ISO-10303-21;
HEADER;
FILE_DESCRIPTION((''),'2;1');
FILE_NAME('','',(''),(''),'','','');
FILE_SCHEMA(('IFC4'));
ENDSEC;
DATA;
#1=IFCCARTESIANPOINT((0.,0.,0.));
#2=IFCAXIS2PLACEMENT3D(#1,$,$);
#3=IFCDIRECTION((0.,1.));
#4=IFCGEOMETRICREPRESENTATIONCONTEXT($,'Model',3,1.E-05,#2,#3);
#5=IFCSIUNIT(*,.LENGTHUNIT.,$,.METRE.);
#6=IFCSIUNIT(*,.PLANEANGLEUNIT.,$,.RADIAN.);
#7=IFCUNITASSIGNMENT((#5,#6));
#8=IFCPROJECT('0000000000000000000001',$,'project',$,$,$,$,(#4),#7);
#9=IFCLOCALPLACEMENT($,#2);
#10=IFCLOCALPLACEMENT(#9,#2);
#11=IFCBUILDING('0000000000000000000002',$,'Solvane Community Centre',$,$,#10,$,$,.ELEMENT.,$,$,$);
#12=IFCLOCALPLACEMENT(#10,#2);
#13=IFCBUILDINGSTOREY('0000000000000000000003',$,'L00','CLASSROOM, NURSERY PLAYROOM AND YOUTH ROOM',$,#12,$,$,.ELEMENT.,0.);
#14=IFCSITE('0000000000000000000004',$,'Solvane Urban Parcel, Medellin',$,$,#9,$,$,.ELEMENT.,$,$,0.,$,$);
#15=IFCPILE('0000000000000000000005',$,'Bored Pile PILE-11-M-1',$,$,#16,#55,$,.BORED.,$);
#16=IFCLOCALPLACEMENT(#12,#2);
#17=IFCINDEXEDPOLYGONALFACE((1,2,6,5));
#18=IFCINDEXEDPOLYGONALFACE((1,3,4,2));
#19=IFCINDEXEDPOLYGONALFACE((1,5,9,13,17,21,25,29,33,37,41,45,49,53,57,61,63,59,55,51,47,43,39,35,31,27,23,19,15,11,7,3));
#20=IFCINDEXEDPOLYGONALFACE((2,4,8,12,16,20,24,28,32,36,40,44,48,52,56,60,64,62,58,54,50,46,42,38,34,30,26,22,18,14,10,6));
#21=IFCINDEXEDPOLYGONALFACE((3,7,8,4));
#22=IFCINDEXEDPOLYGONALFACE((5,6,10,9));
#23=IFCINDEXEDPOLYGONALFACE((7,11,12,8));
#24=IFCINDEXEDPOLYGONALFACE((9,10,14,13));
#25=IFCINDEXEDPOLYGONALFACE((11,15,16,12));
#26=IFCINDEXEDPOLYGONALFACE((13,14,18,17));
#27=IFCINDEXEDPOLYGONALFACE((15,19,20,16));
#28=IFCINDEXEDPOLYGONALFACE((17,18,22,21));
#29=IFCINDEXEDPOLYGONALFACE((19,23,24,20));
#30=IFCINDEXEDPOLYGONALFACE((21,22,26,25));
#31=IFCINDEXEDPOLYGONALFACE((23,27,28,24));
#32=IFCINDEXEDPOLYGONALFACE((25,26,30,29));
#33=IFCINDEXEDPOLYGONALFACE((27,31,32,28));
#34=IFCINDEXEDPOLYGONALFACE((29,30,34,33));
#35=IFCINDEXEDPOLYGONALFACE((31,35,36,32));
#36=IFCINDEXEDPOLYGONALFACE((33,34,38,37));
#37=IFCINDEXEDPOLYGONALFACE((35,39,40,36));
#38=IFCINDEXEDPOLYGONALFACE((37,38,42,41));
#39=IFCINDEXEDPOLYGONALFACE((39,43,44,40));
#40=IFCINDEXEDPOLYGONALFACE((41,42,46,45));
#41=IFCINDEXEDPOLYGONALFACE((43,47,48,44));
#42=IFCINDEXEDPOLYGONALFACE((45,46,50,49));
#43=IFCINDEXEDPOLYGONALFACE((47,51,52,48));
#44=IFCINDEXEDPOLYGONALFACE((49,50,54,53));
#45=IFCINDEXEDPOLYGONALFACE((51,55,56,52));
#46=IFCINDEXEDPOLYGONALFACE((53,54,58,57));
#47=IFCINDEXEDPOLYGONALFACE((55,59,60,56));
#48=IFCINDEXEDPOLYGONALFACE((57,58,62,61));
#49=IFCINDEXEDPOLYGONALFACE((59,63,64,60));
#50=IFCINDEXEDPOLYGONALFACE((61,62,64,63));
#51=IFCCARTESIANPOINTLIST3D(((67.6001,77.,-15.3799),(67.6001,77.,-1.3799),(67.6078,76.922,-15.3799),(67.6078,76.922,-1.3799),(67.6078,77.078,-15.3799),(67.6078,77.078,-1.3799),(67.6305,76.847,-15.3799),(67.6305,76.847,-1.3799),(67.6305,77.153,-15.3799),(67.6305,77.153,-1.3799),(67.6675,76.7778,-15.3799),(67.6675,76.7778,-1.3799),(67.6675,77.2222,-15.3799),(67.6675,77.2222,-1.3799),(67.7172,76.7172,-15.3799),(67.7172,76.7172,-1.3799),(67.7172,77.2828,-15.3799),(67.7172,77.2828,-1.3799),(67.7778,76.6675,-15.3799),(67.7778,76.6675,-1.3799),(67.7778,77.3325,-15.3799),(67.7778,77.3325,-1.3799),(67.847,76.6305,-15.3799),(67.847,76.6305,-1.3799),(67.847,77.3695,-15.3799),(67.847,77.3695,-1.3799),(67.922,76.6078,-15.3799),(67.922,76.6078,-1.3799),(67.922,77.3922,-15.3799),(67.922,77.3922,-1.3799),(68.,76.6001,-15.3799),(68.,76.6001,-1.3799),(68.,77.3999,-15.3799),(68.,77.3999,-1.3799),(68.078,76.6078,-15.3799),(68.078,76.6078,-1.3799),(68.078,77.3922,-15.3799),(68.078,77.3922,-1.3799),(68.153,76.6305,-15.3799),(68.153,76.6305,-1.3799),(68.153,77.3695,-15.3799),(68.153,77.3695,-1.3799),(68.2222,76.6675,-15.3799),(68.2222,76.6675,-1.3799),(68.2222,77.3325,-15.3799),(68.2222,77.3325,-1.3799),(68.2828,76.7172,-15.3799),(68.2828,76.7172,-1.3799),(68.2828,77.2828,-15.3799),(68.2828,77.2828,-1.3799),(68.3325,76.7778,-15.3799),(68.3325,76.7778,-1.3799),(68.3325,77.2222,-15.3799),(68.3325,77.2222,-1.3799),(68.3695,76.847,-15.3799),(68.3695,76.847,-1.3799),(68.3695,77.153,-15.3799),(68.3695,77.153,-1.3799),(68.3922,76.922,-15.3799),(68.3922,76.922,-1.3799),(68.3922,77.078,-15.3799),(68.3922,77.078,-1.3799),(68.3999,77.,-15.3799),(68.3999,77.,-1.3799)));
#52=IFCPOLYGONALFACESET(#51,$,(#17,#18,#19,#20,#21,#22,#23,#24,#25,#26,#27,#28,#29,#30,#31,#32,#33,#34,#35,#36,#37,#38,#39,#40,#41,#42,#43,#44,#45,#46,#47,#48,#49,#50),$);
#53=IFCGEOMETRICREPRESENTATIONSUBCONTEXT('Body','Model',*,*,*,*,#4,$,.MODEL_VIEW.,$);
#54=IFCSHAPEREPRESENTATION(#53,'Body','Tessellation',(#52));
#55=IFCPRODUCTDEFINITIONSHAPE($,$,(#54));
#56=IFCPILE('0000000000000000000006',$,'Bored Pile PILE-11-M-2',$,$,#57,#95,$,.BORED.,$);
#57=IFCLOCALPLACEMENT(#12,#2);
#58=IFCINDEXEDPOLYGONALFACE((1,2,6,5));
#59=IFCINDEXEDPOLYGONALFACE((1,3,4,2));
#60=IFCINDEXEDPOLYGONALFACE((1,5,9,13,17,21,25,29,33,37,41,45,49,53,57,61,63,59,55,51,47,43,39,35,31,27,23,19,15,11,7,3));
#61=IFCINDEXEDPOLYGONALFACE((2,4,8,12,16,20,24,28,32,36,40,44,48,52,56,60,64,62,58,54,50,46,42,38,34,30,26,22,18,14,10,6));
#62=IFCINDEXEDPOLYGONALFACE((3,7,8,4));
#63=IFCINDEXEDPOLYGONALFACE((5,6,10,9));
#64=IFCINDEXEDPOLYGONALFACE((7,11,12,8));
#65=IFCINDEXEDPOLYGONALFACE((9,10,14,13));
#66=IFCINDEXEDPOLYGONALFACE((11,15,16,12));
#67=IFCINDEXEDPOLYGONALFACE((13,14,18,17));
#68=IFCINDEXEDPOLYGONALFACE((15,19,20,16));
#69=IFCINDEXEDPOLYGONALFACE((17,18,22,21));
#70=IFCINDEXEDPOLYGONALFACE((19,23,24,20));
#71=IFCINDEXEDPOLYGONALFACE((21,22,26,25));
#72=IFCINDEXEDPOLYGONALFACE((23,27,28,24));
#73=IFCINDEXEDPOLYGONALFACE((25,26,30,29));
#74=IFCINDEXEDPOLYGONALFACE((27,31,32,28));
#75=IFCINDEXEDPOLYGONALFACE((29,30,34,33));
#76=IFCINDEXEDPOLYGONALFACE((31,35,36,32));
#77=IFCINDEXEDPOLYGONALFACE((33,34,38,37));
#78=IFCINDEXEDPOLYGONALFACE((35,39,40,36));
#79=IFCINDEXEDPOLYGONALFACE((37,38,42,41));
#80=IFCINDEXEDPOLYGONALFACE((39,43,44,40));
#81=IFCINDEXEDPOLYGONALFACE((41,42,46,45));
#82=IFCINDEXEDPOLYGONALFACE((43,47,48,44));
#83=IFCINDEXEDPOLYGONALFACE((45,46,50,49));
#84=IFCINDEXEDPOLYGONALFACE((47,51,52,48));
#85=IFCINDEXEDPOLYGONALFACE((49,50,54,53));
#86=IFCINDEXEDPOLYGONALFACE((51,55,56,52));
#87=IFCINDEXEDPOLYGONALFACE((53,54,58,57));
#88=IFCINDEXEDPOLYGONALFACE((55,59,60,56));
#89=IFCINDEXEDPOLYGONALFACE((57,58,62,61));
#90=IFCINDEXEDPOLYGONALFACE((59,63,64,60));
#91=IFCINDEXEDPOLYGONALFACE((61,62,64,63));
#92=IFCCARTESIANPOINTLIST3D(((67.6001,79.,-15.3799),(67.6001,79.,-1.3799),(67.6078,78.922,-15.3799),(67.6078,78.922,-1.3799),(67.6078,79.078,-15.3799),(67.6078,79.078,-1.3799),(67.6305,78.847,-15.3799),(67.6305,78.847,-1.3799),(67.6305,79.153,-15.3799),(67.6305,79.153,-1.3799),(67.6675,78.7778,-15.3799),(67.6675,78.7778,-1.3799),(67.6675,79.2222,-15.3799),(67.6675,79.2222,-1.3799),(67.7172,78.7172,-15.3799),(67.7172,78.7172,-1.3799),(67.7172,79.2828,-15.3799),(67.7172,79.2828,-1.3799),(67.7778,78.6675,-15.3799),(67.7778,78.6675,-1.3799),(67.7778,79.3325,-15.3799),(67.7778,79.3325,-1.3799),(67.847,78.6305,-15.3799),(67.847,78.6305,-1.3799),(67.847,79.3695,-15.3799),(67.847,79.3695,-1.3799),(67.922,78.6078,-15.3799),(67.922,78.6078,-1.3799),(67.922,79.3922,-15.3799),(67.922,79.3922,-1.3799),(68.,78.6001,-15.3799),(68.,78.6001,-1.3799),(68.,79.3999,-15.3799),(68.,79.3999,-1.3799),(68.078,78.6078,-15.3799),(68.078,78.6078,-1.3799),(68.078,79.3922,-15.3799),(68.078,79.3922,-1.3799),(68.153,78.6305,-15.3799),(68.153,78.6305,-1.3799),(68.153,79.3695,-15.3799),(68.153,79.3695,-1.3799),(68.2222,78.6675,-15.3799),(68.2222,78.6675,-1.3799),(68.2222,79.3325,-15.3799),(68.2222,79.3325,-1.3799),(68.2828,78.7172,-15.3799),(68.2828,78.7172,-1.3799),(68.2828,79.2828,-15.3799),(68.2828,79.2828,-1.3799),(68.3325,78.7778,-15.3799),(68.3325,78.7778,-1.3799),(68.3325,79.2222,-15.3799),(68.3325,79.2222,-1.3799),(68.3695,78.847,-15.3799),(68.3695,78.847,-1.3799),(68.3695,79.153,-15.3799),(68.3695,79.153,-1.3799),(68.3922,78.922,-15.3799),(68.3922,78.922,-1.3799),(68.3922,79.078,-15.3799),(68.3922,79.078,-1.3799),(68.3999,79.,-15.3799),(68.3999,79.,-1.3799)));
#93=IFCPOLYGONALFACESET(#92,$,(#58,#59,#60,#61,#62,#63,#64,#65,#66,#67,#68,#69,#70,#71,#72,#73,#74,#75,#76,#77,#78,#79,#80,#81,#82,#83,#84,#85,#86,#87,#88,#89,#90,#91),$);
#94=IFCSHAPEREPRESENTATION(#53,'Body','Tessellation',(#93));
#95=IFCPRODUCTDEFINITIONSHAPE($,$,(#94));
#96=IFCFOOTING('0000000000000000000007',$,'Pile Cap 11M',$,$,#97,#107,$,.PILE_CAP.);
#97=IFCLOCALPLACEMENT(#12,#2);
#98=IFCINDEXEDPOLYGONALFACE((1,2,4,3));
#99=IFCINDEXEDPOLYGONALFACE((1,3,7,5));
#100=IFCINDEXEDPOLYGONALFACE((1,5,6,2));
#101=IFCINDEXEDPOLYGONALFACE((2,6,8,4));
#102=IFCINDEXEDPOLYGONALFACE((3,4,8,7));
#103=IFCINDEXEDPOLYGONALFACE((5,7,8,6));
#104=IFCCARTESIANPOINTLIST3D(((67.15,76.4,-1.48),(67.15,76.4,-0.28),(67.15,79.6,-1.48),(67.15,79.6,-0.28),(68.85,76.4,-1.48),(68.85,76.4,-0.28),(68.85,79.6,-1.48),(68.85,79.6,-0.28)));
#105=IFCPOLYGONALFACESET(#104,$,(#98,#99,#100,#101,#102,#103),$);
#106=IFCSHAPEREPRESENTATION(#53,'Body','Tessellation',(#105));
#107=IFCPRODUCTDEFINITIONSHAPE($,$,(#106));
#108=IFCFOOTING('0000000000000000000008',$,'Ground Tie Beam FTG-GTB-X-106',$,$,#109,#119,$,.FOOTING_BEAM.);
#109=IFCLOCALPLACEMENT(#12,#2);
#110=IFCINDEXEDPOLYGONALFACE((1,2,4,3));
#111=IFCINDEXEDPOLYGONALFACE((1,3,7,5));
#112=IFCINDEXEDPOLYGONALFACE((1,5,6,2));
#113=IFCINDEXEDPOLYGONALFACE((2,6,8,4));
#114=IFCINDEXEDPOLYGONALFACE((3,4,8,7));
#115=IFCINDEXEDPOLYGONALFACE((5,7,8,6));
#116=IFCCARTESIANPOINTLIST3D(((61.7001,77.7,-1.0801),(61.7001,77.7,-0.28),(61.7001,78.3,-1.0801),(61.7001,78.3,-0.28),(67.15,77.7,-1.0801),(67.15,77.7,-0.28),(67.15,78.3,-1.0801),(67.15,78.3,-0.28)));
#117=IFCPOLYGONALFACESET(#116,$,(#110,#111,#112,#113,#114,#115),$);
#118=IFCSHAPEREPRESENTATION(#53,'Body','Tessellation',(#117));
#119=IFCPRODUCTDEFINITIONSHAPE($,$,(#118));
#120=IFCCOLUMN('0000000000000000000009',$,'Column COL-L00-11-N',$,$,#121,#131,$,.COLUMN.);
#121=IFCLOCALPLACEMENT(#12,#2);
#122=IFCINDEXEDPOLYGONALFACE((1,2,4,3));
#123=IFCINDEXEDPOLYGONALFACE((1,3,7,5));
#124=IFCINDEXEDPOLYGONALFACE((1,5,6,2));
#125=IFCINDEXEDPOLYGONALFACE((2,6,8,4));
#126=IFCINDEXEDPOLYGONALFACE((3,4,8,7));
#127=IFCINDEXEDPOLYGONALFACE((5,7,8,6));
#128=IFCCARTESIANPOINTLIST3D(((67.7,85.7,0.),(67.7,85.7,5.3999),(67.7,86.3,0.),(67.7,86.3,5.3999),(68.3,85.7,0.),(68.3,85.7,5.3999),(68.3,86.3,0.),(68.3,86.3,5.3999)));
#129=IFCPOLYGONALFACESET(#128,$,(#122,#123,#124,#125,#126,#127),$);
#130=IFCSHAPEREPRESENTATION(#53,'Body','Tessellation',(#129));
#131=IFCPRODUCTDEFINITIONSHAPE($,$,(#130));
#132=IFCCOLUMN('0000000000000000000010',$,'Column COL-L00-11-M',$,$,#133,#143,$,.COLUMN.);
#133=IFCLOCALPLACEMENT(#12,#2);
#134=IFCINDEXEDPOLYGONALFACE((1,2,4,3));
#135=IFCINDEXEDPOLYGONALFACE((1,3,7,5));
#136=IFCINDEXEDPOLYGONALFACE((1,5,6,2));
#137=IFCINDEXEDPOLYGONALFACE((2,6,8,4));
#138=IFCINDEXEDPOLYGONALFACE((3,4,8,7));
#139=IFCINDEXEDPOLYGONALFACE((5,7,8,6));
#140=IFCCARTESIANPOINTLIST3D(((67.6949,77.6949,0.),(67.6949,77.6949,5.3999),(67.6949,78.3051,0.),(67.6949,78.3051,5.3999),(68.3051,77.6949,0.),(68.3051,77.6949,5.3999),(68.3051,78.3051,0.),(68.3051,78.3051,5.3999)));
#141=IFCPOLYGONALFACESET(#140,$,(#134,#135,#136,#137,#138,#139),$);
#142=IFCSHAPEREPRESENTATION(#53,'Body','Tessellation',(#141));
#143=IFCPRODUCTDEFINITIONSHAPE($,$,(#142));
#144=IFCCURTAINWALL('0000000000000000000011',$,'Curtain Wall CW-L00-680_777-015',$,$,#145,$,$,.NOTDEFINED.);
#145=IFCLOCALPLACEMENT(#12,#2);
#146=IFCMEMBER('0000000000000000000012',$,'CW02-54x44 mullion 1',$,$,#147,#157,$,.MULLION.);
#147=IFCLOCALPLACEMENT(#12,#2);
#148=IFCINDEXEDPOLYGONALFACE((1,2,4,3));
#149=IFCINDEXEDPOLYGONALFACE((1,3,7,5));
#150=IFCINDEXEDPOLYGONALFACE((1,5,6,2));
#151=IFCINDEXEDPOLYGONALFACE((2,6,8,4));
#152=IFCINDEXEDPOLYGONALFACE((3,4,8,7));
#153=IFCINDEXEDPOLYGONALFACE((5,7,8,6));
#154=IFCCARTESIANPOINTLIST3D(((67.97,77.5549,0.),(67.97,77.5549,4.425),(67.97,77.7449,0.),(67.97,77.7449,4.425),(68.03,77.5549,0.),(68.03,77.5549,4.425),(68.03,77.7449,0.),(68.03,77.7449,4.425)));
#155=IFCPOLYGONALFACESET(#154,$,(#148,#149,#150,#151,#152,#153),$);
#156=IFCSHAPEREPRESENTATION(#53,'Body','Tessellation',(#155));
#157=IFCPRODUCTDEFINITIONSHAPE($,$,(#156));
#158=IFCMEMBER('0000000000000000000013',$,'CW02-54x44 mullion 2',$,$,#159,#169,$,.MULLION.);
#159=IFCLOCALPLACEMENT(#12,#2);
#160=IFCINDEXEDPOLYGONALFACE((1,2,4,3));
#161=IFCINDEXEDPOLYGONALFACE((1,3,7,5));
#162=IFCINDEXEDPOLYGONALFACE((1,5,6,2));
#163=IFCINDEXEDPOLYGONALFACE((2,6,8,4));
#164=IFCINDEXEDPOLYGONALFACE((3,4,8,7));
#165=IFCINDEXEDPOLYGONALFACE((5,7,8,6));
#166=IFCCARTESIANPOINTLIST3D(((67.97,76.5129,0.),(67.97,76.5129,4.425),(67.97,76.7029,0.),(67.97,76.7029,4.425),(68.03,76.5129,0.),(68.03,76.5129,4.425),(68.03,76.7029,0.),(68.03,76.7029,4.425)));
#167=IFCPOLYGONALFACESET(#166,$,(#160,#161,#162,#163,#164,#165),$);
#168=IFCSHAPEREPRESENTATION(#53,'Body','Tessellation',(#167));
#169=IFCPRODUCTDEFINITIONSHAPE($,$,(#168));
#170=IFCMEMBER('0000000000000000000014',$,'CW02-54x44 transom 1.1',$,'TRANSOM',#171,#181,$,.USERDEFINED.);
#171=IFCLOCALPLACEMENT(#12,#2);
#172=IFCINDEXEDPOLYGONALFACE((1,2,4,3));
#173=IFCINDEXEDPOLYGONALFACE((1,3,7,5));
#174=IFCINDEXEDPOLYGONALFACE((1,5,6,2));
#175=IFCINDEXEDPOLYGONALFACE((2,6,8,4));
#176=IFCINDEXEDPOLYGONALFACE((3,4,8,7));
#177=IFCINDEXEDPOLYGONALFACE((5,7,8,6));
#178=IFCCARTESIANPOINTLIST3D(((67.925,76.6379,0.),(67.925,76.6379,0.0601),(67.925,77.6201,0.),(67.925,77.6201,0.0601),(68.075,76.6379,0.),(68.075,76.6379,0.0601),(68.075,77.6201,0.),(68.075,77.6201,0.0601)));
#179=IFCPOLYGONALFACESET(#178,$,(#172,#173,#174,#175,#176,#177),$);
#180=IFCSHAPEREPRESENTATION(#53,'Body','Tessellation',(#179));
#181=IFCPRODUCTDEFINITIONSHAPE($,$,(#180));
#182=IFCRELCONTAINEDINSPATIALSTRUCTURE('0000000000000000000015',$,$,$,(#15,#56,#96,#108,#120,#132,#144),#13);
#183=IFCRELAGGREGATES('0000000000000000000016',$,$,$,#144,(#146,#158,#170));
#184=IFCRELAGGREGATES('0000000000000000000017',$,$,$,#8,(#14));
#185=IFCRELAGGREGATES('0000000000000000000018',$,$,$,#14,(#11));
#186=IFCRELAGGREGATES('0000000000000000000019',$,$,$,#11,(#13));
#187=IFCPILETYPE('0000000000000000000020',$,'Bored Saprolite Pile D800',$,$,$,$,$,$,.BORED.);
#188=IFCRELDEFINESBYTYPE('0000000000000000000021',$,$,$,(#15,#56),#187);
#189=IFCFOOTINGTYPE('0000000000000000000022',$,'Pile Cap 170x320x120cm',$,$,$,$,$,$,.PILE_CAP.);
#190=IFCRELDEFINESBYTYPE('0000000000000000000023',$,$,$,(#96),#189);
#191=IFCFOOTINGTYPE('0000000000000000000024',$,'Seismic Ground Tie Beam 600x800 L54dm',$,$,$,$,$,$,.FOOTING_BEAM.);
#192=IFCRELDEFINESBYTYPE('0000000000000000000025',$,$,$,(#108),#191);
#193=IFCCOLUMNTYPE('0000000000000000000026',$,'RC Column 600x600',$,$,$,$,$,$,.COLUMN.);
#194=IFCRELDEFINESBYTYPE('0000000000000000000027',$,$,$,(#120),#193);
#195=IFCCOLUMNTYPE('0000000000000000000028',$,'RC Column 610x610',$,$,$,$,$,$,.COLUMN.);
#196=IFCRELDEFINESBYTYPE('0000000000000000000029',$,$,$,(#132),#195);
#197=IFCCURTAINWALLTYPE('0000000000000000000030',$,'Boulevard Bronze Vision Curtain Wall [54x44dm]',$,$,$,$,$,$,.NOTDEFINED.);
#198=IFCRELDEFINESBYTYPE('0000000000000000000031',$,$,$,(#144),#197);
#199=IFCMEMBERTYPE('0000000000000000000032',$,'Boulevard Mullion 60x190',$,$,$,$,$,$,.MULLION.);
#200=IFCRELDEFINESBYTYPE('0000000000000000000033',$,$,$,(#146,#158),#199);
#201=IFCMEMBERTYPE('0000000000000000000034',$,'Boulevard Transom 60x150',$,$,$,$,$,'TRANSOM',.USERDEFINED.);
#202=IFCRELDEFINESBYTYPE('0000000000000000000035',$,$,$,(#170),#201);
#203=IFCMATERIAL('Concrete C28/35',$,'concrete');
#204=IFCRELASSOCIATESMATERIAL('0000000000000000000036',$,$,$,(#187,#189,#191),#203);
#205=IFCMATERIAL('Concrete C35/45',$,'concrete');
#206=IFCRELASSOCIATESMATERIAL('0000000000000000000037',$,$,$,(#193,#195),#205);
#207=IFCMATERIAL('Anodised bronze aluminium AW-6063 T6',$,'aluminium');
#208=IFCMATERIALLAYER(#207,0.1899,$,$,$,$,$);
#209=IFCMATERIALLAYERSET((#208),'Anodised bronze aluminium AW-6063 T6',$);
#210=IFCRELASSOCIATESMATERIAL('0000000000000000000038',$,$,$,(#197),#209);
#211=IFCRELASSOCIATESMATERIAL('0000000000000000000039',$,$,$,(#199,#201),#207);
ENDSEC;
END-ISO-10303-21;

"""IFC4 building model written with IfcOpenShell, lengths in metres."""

from ifc_helpers import new_model, si_unit, direction, frame, origin, origin_2d, place, context, subcontext, project, spatial, rectangle, circle, extrude, material, layer, layer_set, material_profile, profile_set, type_object, element, aggregate, save


model = new_model("IFC4")

# Units and contexts
model_context = context("Model", 3, precision=1e-05, world=origin(), true_north=direction((0.0, 1.0)))
body_context = subcontext(model_context, "Body", "Model", "MODEL_VIEW")
ifc_project = project(units=[si_unit("LENGTHUNIT", "METRE"), si_unit("PLANEANGLEUNIT", "RADIAN")], contexts=[model_context])

# Site, building, storey
site_placement = place(None, origin())
site = spatial("IfcSite", under=ifc_project, at=site_placement, Name="Solvane Urban Parcel, Medellin", CompositionType="ELEMENT", RefElevation=0.0)
building_placement = place(site_placement, origin())
building = spatial("IfcBuilding", under=site, at=building_placement, Name="Solvane Community Centre", CompositionType="ELEMENT")
storey_placement = place(building_placement, origin())
storey = spatial("IfcBuildingStorey", under=building, at=storey_placement, Name="L00", Description="CLASSROOM, NURSERY PLAYROOM AND YOUTH ROOM", CompositionType="ELEMENT", Elevation=0.0)

# Piles
ifc_material_1 = material(Name="Concrete C28/35", Category="concrete")
ifc_material_profile_1 = material_profile(ifc_material_1, circle(Radius=0.3999, at=origin_2d()), Name="PILE D800")
ifc_profile_set_1 = profile_set([ifc_material_profile_1], Name="Concrete C28/35")
pile_type = type_object("IfcPileType", Name="Bored Saprolite Pile D800", PredefinedType="BORED", material=ifc_profile_set_1)
for number, where, z_axis, x_axis, name in (
    (1, (68.0, 77.0, -1.3799), (0.0, 0.0, -1.0), (1.0, 0.0, 0.0), "Bored Pile PILE-11-M-1"),
    (2, (68.0, 79.0, -1.3799), (0.0, 0.0, -1.0), (1.0, 0.0, 0.0), "Bored Pile PILE-11-M-2"),
):
    element("IfcPile", number, at=place(storey_placement, frame(where, z_axis=z_axis, x_axis=x_axis)), inside=storey, type_object=pile_type, Name=name, PredefinedType="BORED", context=body_context, shape_type="SweptSolid", body=[
        extrude(circle(Radius=0.3999, at=origin_2d()), origin(), (0.0, 0.0, 1.0), 14.0),
    ])

# Footings
footing_type_1 = type_object("IfcFootingType", Name="Pile Cap 170x320x120cm", PredefinedType="PILE_CAP", material=ifc_material_1)
footing_1_placement = place(storey_placement, frame((68.0, 78.0, -1.48), z_axis=(0.0, 0.0, 1.0), x_axis=(1.0, 0.0, 0.0)))
element("IfcFooting", 3, at=footing_1_placement, inside=storey, type_object=footing_type_1, Name="Pile Cap 11M", PredefinedType="PILE_CAP", context=body_context, shape_type="SweptSolid", body=[
    extrude(rectangle(XDim=1.7, YDim=3.2, at=origin_2d()), origin(), (0.0, 0.0, 1.0), 1.2),
])
footing_type_2 = type_object("IfcFootingType", Name="Seismic Ground Tie Beam 600x800 L54dm", PredefinedType="FOOTING_BEAM", material=ifc_material_1)
footing_2_placement = place(storey_placement, frame((64.425, 78.0, -1.0801), z_axis=(0.0, 0.0, 1.0), x_axis=(1.0, 0.0, 0.0)))
element("IfcFooting", 4, at=footing_2_placement, inside=storey, type_object=footing_type_2, Name="Ground Tie Beam FTG-GTB-X-106", PredefinedType="FOOTING_BEAM", context=body_context, shape_type="SweptSolid", body=[
    extrude(rectangle(XDim=5.45, YDim=0.6001, at=origin_2d()), origin(), (0.0, 0.0, 1.0), 0.8),
])

# Columns
ifc_material_2 = material(Name="Concrete C35/45", Category="concrete")
ifc_material_profile_2 = material_profile(ifc_material_2, rectangle(XDim=0.6001, YDim=0.6001, at=origin_2d()), Name="RC 600x600")
ifc_profile_set_2 = profile_set([ifc_material_profile_2], Name="Concrete C35/45")
column_type_1 = type_object("IfcColumnType", Name="RC Column 600x600", PredefinedType="COLUMN", material=ifc_profile_set_2)
column_1_placement = place(storey_placement, frame((68.0, 86.0, 0.0), z_axis=(0.0, 0.0, 1.0), x_axis=(1.0, 0.0, 0.0)))
element("IfcColumn", 5, at=column_1_placement, inside=storey, type_object=column_type_1, Name="Column COL-L00-11-N", PredefinedType="COLUMN", context=body_context, shape_type="SweptSolid", body=[
    extrude(rectangle(XDim=0.6001, YDim=0.6001, at=origin_2d()), origin(), (0.0, 0.0, 1.0), 5.3999),
])
ifc_material_profile_3 = material_profile(ifc_material_2, rectangle(XDim=0.6101, YDim=0.6101, at=origin_2d()), Name="RC 610x610")
ifc_profile_set_3 = profile_set([ifc_material_profile_3], Name="Concrete C35/45")
column_type_2 = type_object("IfcColumnType", Name="RC Column 610x610", PredefinedType="COLUMN", material=ifc_profile_set_3)
column_2_placement = place(storey_placement, frame((68.0, 78.0, 0.0), z_axis=(0.0, 0.0, 1.0), x_axis=(1.0, 0.0, 0.0)))
element("IfcColumn", 6, at=column_2_placement, inside=storey, type_object=column_type_2, Name="Column COL-L00-11-M", PredefinedType="COLUMN", context=body_context, shape_type="SweptSolid", body=[
    extrude(rectangle(XDim=0.6101, YDim=0.6101, at=origin_2d()), origin(), (0.0, 0.0, 1.0), 5.3999),
])

# Curtain wall, members
ifc_material_3 = material(Name="Anodised bronze aluminium AW-6063 T6", Category="aluminium")
ifc_layer_1 = layer(ifc_material_3, 0.1899)
ifc_layer_set_1 = layer_set([ifc_layer_1], Name="Anodised bronze aluminium AW-6063 T6")
curtain_wall_type = type_object("IfcCurtainWallType", Name="Boulevard Bronze Vision Curtain Wall [54x44dm]", PredefinedType="NOTDEFINED", material=ifc_layer_set_1)
curtain_wall_placement = place(storey_placement, origin())
curtain_wall = element("IfcCurtainWall", 7, at=curtain_wall_placement, inside=storey, type_object=curtain_wall_type, Name="Curtain Wall CW-L00-680_777-015", PredefinedType="NOTDEFINED")
ifc_material_profile_4 = material_profile(ifc_material_3, rectangle(XDim=0.0601, YDim=0.1899, at=origin_2d()), Name="CW-M 60x190")
ifc_profile_set_4 = profile_set([ifc_material_profile_4], Name="Anodised bronze aluminium AW-6063 T6")
member_type_1 = type_object("IfcMemberType", Name="Boulevard Mullion 60x190", PredefinedType="MULLION", material=ifc_profile_set_4)
member_1_placement = place(storey_placement, frame((68.0, 77.6499, 0.0), z_axis=(0.0, 0.0, 1.0), x_axis=(1.0, 0.0, 0.0)))
member_1 = element("IfcMember", 8, at=member_1_placement, type_object=member_type_1, Name="CW02-54x44 mullion 1", PredefinedType="MULLION", context=body_context, shape_type="SweptSolid", body=[
    extrude(rectangle(XDim=0.0601, YDim=0.1899, at=origin_2d()), origin(), (0.0, 0.0, 1.0), 4.425),
])
member_2_placement = place(storey_placement, frame((68.0, 76.6079, 0.0), z_axis=(0.0, 0.0, 1.0), x_axis=(1.0, 0.0, 0.0)))
member_2 = element("IfcMember", 9, at=member_2_placement, type_object=member_type_1, Name="CW02-54x44 mullion 2", PredefinedType="MULLION", context=body_context, shape_type="SweptSolid", body=[
    extrude(rectangle(XDim=0.0601, YDim=0.1899, at=origin_2d()), origin(), (0.0, 0.0, 1.0), 4.425),
])
ifc_material_profile_5 = material_profile(ifc_material_3, rectangle(XDim=0.1499, YDim=0.0601, at=origin_2d()), Name="CW-T 60x150")
ifc_profile_set_5 = profile_set([ifc_material_profile_5], Name="Anodised bronze aluminium AW-6063 T6")
member_type_2 = type_object("IfcMemberType", Name="Boulevard Transom 60x150", ElementType="TRANSOM", PredefinedType="USERDEFINED", material=ifc_profile_set_5)
member_3_placement = place(storey_placement, frame((68.0, 77.6201, 0.03), z_axis=(0.0, -1.0, 0.0), x_axis=(1.0, 0.0, 0.0)))
member_3 = element("IfcMember", 10, at=member_3_placement, type_object=member_type_2, Name="CW02-54x44 transom 1.1", ObjectType="TRANSOM", PredefinedType="USERDEFINED", context=body_context, shape_type="SweptSolid", body=[
    extrude(rectangle(XDim=0.1499, YDim=0.0601, at=origin_2d()), origin(), (0.0, 0.0, 1.0), 0.9822),
])
aggregate(curtain_wall, [member_1, member_2, member_3])

save(model, "model.ifc")
